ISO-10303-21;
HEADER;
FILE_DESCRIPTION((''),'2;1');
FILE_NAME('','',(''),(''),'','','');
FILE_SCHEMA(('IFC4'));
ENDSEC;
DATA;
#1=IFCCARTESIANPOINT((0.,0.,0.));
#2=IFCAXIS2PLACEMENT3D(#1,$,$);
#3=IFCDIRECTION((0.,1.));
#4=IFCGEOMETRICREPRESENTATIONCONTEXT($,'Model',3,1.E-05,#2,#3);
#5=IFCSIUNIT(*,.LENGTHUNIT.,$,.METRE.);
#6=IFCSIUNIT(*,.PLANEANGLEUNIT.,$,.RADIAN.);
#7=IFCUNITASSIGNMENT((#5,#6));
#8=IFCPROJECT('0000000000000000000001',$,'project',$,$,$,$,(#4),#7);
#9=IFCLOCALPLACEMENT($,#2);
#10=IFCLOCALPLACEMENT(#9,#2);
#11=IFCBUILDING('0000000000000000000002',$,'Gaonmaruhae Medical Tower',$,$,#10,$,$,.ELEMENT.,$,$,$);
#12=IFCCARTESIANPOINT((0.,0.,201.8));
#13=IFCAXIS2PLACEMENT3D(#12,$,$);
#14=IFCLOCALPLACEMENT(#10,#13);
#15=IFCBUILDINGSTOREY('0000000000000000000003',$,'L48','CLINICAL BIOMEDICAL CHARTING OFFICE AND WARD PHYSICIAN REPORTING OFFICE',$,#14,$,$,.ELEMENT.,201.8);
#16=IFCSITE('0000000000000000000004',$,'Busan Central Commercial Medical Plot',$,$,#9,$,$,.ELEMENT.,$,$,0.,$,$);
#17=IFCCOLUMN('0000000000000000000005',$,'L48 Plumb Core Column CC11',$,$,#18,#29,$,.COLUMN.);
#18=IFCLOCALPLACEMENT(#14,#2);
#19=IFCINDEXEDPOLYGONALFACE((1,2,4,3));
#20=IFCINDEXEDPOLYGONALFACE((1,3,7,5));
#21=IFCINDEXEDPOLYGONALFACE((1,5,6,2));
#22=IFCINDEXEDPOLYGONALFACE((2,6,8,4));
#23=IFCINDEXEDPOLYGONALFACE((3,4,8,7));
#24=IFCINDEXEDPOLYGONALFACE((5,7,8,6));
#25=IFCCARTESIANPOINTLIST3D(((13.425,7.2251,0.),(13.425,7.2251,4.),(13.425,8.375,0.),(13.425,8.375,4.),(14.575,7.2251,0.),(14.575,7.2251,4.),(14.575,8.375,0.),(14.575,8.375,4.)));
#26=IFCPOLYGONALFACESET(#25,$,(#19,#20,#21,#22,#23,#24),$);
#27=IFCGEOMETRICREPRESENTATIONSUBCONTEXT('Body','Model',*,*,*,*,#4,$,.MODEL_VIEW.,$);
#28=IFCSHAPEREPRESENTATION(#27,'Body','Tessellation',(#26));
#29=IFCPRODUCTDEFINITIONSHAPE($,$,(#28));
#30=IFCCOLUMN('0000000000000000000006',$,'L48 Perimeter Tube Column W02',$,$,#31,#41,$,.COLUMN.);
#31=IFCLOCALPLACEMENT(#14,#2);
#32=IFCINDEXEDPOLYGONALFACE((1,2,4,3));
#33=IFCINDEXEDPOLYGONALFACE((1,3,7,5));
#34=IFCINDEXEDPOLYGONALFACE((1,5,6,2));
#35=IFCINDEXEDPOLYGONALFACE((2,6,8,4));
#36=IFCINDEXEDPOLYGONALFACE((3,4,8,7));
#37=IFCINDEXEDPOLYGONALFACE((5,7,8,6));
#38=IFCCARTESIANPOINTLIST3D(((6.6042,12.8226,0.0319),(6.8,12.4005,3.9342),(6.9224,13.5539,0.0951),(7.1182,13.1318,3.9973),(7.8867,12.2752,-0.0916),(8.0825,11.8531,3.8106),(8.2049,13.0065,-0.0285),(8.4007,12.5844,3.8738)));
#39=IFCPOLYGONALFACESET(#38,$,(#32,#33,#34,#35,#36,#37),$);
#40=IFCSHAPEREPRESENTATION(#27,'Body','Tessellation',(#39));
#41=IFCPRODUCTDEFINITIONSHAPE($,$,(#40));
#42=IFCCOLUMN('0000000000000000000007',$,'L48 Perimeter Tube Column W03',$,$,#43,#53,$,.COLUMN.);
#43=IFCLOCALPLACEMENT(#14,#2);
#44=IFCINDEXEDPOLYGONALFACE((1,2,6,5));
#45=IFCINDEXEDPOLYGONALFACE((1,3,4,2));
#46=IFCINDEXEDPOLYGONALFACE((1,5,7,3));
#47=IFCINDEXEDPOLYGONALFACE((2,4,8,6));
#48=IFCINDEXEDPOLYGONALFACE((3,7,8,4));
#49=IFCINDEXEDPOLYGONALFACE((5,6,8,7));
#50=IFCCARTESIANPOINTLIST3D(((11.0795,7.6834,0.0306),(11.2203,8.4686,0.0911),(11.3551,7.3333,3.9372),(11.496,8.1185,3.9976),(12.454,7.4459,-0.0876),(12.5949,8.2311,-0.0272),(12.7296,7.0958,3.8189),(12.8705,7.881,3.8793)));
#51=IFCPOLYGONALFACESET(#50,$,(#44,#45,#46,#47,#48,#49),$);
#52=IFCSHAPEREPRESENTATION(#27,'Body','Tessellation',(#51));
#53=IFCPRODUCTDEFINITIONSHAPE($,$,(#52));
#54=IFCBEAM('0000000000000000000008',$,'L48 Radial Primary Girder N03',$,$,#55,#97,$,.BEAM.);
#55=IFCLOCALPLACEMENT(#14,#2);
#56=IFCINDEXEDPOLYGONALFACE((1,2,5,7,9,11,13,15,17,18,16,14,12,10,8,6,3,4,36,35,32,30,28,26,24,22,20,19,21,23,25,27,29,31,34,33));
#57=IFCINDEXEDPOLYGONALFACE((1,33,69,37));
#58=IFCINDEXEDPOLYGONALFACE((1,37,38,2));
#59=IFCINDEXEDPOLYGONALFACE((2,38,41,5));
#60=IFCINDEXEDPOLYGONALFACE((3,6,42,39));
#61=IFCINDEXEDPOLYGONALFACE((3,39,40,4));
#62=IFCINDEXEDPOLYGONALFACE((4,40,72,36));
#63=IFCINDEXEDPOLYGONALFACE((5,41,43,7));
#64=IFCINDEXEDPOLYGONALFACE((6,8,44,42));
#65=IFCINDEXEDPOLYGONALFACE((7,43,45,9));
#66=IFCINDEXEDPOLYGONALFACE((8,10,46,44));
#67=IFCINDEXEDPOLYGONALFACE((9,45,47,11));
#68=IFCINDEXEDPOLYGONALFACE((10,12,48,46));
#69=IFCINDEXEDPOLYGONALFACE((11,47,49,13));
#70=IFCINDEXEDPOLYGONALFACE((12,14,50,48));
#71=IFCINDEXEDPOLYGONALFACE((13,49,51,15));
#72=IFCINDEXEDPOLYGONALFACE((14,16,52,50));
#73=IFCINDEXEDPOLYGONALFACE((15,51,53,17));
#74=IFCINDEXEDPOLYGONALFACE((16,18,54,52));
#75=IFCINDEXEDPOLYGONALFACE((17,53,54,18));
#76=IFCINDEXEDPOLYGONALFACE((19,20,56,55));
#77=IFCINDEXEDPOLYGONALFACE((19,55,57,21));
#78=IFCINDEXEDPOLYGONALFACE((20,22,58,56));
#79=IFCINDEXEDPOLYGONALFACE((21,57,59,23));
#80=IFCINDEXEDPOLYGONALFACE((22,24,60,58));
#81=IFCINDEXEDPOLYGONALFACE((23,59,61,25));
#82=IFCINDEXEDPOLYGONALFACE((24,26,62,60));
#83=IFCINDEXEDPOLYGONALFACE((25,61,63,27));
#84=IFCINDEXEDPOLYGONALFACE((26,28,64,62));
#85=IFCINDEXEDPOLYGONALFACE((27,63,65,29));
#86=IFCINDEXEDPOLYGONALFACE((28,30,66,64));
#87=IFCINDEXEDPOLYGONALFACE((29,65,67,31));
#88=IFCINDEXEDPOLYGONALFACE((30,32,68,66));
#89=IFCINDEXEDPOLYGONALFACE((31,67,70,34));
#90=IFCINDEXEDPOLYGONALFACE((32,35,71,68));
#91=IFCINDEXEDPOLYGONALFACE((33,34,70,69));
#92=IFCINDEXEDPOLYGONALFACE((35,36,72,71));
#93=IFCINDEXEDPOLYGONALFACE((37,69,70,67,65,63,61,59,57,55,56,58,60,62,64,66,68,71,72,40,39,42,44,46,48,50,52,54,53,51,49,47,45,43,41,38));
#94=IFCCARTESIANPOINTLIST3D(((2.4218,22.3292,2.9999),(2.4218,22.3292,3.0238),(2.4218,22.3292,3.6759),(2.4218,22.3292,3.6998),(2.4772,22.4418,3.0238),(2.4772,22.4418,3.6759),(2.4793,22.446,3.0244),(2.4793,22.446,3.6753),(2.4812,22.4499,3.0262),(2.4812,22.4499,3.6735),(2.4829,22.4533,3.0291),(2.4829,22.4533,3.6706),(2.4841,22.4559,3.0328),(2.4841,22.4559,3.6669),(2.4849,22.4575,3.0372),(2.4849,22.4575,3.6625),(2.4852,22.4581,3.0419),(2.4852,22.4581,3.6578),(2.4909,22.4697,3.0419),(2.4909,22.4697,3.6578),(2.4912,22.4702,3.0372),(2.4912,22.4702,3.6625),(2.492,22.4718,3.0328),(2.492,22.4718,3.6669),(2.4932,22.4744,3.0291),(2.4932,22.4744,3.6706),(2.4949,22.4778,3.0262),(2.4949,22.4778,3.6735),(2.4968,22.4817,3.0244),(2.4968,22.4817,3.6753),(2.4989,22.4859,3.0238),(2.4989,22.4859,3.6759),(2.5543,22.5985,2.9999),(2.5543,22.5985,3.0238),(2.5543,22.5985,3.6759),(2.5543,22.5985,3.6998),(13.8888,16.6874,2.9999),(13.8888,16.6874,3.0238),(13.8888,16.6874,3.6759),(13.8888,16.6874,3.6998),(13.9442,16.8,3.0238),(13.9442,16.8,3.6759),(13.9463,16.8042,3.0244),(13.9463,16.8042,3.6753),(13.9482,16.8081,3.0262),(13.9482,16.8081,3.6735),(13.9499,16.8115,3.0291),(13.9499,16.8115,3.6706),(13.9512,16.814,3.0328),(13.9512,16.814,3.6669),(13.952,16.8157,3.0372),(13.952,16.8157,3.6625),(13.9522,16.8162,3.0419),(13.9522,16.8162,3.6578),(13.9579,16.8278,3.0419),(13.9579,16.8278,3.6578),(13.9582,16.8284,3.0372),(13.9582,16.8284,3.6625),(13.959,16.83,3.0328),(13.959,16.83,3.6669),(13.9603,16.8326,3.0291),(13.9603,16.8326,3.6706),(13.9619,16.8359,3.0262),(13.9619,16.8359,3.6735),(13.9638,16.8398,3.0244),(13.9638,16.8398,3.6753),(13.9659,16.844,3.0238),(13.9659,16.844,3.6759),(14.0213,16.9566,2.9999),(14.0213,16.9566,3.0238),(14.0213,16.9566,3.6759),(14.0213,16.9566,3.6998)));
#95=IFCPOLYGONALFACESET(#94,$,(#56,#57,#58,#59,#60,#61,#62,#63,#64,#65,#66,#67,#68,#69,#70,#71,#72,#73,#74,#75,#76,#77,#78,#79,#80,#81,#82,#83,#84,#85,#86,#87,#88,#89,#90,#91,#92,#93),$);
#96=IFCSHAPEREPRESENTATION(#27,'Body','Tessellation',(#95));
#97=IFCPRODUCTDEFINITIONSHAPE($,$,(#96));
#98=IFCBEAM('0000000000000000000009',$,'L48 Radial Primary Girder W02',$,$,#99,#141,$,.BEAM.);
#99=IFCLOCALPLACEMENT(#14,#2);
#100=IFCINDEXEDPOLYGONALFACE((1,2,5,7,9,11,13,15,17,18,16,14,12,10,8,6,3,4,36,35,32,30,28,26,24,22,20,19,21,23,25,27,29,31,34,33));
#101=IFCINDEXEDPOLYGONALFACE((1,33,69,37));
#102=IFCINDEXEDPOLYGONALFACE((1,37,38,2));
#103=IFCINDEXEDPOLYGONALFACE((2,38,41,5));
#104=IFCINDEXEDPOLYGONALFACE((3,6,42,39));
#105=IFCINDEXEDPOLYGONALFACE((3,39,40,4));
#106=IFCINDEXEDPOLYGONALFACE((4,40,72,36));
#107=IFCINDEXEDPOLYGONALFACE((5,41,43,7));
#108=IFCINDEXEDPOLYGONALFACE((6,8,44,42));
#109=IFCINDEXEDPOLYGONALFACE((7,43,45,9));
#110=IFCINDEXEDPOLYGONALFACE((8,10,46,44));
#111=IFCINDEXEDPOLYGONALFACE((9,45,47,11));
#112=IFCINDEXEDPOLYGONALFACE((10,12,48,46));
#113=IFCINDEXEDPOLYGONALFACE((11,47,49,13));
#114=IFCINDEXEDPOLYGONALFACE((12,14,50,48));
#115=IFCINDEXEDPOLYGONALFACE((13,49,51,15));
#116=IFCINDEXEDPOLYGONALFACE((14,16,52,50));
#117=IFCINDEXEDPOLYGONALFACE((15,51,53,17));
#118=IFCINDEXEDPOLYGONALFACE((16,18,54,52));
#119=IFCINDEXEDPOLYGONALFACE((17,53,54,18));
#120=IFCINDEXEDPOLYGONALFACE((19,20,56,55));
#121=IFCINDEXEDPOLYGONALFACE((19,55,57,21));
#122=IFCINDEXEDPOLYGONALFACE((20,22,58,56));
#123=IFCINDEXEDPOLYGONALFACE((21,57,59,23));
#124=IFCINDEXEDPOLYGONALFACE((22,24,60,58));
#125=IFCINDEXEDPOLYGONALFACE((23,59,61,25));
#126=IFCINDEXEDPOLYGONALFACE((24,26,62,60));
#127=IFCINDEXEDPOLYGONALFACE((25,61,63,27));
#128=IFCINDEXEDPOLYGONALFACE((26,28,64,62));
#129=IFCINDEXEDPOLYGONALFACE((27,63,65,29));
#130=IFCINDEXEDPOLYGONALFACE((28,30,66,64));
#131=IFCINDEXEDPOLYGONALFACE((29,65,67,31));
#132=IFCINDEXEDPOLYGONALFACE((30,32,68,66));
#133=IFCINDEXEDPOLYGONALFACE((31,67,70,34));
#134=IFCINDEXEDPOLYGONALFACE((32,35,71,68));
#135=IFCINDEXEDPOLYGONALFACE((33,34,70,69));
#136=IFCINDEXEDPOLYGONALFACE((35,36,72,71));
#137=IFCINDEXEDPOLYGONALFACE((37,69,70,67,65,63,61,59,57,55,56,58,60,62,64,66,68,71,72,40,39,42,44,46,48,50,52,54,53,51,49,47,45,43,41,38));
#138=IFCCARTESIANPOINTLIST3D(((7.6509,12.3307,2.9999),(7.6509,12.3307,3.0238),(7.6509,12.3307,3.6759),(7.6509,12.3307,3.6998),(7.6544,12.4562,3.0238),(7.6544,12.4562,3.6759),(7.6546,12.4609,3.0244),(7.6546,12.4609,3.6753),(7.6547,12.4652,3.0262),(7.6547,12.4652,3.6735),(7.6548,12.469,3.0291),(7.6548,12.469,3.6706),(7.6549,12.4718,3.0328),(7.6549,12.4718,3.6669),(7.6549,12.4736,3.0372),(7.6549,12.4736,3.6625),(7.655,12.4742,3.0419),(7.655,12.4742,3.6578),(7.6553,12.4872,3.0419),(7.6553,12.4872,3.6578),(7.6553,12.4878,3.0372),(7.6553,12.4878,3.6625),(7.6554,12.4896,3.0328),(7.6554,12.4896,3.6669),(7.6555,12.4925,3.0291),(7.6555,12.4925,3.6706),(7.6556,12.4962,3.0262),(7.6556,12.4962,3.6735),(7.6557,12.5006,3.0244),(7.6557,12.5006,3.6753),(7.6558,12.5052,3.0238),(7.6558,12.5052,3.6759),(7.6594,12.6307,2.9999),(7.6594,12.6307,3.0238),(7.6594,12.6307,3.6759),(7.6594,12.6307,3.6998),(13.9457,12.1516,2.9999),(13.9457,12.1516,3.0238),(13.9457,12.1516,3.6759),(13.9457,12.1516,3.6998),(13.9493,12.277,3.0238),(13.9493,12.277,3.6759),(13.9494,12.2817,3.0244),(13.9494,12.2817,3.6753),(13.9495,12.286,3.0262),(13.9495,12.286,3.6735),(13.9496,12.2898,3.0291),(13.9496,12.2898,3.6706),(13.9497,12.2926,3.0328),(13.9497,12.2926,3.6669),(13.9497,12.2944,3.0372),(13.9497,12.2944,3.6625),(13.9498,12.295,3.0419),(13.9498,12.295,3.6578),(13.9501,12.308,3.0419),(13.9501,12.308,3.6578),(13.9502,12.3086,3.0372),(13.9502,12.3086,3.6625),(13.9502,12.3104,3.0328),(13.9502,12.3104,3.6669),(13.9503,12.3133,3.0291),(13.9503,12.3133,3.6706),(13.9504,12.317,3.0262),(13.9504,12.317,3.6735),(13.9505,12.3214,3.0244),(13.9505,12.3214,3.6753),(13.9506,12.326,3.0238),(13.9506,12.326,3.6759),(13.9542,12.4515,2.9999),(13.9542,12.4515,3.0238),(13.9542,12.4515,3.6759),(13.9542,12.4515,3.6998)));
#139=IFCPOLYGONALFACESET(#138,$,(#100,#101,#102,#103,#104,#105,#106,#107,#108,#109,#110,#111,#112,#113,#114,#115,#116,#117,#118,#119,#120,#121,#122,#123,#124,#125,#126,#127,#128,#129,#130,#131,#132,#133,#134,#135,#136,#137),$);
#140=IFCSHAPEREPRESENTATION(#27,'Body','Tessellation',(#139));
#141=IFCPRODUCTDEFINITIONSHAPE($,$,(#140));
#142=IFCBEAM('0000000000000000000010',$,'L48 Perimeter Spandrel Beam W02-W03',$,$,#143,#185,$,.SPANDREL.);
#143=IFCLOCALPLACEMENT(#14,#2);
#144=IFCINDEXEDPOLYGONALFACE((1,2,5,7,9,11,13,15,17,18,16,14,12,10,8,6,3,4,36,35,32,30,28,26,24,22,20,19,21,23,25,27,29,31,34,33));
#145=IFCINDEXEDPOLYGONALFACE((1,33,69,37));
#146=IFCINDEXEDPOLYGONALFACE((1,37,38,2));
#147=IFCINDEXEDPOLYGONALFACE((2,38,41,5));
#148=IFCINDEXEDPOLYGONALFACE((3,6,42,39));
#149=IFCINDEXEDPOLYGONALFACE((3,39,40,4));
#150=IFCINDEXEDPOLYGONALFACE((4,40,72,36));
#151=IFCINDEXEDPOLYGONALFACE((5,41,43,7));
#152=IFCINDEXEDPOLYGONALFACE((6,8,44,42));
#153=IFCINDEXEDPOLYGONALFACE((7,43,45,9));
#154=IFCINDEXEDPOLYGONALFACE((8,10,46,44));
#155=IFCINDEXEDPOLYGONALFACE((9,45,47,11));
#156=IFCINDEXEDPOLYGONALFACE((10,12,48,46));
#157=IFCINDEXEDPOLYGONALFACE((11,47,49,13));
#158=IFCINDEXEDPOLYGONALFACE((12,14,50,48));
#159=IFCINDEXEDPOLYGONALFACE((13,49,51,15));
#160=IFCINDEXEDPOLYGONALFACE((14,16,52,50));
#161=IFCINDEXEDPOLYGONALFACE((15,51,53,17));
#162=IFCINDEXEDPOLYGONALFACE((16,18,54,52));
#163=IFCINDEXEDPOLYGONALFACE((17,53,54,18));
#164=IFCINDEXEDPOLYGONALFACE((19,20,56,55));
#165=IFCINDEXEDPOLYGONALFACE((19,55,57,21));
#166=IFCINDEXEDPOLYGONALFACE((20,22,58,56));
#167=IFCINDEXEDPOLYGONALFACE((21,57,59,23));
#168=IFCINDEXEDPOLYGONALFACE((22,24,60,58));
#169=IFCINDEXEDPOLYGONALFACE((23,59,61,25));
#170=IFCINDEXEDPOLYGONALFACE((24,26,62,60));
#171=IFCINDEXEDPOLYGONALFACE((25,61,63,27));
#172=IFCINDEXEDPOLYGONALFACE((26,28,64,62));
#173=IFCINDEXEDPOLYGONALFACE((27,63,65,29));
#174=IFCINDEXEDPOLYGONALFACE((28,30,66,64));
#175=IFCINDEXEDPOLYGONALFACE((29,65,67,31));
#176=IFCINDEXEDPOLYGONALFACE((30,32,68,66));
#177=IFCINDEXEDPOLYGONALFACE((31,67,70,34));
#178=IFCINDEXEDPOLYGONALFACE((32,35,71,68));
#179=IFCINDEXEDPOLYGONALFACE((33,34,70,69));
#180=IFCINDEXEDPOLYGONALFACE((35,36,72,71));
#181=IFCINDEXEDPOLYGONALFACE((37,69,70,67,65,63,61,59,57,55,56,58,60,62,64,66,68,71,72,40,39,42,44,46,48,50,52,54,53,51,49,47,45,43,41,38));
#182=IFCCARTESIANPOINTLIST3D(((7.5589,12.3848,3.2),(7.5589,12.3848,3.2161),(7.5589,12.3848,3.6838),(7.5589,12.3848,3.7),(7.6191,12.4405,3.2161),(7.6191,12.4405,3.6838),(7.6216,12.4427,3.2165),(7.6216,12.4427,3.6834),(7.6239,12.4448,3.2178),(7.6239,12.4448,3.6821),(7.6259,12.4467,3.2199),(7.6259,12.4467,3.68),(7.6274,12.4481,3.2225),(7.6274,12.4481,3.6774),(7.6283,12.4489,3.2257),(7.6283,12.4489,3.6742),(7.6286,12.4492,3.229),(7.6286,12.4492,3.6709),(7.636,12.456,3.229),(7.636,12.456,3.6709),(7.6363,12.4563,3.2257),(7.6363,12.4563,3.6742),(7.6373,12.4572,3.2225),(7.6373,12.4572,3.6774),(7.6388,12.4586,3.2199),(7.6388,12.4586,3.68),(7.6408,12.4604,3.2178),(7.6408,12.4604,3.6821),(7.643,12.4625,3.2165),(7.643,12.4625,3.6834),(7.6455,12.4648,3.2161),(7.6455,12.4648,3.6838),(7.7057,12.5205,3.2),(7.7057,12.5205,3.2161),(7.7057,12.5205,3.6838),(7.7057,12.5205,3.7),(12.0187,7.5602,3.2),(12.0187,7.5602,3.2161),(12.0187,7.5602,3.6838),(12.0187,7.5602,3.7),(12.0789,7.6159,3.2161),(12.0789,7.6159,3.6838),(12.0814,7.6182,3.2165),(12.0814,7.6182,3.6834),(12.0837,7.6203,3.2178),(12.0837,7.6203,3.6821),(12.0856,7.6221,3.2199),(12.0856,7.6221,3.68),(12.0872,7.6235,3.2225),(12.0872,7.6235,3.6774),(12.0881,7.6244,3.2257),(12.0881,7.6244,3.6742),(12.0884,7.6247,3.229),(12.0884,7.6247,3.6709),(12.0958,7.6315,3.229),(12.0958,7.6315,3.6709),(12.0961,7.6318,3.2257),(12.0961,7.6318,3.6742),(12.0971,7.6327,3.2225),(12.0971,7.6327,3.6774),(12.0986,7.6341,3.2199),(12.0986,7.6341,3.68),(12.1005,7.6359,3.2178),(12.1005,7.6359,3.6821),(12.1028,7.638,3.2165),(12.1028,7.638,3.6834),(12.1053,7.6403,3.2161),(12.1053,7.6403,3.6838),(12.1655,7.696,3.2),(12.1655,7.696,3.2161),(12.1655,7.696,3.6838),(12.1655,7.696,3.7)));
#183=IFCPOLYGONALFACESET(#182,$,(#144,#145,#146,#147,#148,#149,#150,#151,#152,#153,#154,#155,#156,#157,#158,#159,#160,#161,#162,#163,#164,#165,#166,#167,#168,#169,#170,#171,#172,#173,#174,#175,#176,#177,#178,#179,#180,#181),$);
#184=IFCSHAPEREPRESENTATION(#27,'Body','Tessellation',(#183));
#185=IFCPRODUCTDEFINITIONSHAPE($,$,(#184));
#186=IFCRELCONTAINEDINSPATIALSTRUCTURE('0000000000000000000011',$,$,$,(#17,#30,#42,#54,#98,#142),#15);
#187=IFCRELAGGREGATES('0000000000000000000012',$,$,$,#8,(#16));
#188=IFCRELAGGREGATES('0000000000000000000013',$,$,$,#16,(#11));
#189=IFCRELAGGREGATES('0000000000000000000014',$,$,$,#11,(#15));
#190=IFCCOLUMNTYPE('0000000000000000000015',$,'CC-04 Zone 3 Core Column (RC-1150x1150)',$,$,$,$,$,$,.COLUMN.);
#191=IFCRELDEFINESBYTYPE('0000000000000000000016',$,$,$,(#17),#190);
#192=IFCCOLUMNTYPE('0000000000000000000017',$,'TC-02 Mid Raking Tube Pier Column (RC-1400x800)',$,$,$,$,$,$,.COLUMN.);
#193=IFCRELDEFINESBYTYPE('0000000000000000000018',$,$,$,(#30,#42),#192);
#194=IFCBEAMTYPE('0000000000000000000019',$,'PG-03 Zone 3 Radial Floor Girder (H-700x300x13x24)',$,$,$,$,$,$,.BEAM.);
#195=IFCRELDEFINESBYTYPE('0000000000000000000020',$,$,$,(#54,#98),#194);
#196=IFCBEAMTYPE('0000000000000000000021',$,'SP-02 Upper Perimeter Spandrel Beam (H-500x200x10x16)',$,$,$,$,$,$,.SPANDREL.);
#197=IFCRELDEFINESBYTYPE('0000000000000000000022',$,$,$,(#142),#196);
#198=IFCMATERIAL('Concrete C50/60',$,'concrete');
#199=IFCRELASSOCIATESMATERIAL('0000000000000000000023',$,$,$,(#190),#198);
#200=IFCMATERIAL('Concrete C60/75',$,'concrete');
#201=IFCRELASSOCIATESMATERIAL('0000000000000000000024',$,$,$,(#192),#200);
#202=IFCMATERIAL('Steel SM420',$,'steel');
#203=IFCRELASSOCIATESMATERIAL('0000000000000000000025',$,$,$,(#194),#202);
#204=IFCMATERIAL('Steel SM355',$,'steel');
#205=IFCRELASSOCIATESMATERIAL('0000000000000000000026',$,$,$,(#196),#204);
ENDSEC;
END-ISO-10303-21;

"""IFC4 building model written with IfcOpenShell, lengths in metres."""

from ifc_helpers import new_model, si_unit, direction, frame, origin, origin_2d, place, context, subcontext, project, spatial, rectangle, i_section, extrude, material, material_profile, profile_set, type_object, element, save


model = new_model("IFC4")

# Units and contexts
model_context = context("Model", 3, precision=1e-05, world=origin(), true_north=direction((0.0, 1.0)))
body_context = subcontext(model_context, "Body", "Model", "MODEL_VIEW")
ifc_project = project(units=[si_unit("LENGTHUNIT", "METRE"), si_unit("PLANEANGLEUNIT", "RADIAN")], contexts=[model_context])

# Site, building, storey
site_placement = place(None, origin())
site = spatial("IfcSite", under=ifc_project, at=site_placement, Name="Busan Central Commercial Medical Plot", CompositionType="ELEMENT", RefElevation=0.0)
building_placement = place(site_placement, origin())
building = spatial("IfcBuilding", under=site, at=building_placement, Name="Gaonmaruhae Medical Tower", CompositionType="ELEMENT")
storey_placement = place(building_placement, frame((0.0, 0.0, 201.8)))
storey = spatial("IfcBuildingStorey", under=building, at=storey_placement, Name="L48", Description="CLINICAL BIOMEDICAL CHARTING OFFICE AND WARD PHYSICIAN REPORTING OFFICE", CompositionType="ELEMENT", Elevation=201.8)

# Columns
ifc_material_1 = material(Name="Concrete C50/60", Category="concrete")
ifc_material_profile_1 = material_profile(ifc_material_1, rectangle(XDim=1.1499, YDim=1.1499, at=origin_2d()), Name="RC-1150x1150")
ifc_profile_set_1 = profile_set([ifc_material_profile_1], Name="Concrete C50/60")
column_type_1 = type_object("IfcColumnType", Name="CC-04 Zone 3 Core Column (RC-1150x1150)", PredefinedType="COLUMN", material=ifc_profile_set_1)
column_1_placement = place(storey_placement, frame((14.0, 7.8, 0.0), z_axis=(0.0, 0.0, 1.0), x_axis=(1.0, 0.0, 0.0)))
element("IfcColumn", 1, at=column_1_placement, inside=storey, type_object=column_type_1, Name="L48 Plumb Core Column CC11", PredefinedType="COLUMN", context=body_context, shape_type="SweptSolid", body=[
    extrude(rectangle(XDim=1.1499, YDim=1.1499, at=origin_2d()), origin(), (0.0, 0.0, 1.0), 4.0),
])
ifc_material_2 = material(Name="Concrete C60/75", Category="concrete")
ifc_material_profile_2 = material_profile(ifc_material_2, rectangle(XDim=1.3999, YDim=0.8, at=origin_2d()), Name="RC-1400x800")
ifc_profile_set_2 = profile_set([ifc_material_profile_2], Name="Concrete C60/75")
column_type_2 = type_object("IfcColumnType", Name="TC-02 Mid Raking Tube Pier Column (RC-1400x800)", PredefinedType="COLUMN", material=ifc_profile_set_2)
column_2_placement = place(storey_placement, frame((7.4045, 12.9146, 0.0017), z_axis=(0.049822, -0.10741, 0.992966), x_axis=(-0.916132, 0.39104, 0.088266)))
element("IfcColumn", 2, at=column_2_placement, inside=storey, type_object=column_type_2, Name="L48 Perimeter Tube Column W02", PredefinedType="COLUMN", context=body_context, shape_type="SweptSolid", body=[
    extrude(rectangle(XDim=1.3999, YDim=0.8, at=origin_2d()), origin(), (0.0, 0.0, 1.0), 3.9299),
])
column_3_placement = place(storey_placement, frame((11.8372, 7.9573, 0.0017), z_axis=(0.070104, -0.089042, 0.993558), x_axis=(-0.981878, 0.16964, 0.084483)))
element("IfcColumn", 3, at=column_3_placement, inside=storey, type_object=column_type_2, Name="L48 Perimeter Tube Column W03", PredefinedType="COLUMN", context=body_context, shape_type="SweptSolid", body=[
    extrude(rectangle(XDim=1.3999, YDim=0.8, at=origin_2d()), origin(), (0.0, 0.0, 1.0), 3.9319),
])

# Beams
ifc_material_3 = material(Name="Steel SM420", Category="steel")
ifc_material_profile_3 = material_profile(ifc_material_3, i_section(OverallWidth=0.3, OverallDepth=0.7, WebThickness=0.0129, FlangeThickness=0.0239, FilletRadius=0.0181, at=origin_2d()), Name="H-700x300x13x24")
ifc_profile_set_3 = profile_set([ifc_material_profile_3], Name="Steel SM420")
beam_type_1 = type_object("IfcBeamType", Name="PG-03 Zone 3 Radial Floor Girder (H-700x300x13x24)", PredefinedType="BEAM", material=ifc_profile_set_3)
beam_1_placement = place(storey_placement, frame((13.9551, 16.822, 3.3499), z_axis=(-0.897278, 0.441466, 0.0), x_axis=(-0.441466, -0.897278, 0.0)))
element("IfcBeam", 4, at=beam_1_placement, inside=storey, type_object=beam_type_1, Name="L48 Radial Primary Girder N03", PredefinedType="BEAM", context=body_context, shape_type="SweptSolid", body=[
    extrude(i_section(OverallWidth=0.3, OverallDepth=0.7, WebThickness=0.0129, FlangeThickness=0.0239, FilletRadius=0.0181, at=origin_2d()), origin(), (0.0, 0.0, 1.0), 12.7798),
])
beam_2_placement = place(storey_placement, frame((13.95, 12.3015, 3.3499), z_axis=(-0.999595, 0.028456, 0.0), x_axis=(-0.028456, -0.999595, 0.0)))
element("IfcBeam", 5, at=beam_2_placement, inside=storey, type_object=beam_type_1, Name="L48 Radial Primary Girder W02", PredefinedType="BEAM", context=body_context, shape_type="SweptSolid", body=[
    extrude(i_section(OverallWidth=0.3, OverallDepth=0.7, WebThickness=0.0129, FlangeThickness=0.0239, FilletRadius=0.0181, at=origin_2d()), origin(), (0.0, 0.0, 1.0), 6.2974),
])
ifc_material_4 = material(Name="Steel SM355", Category="steel")
ifc_material_profile_4 = material_profile(ifc_material_4, i_section(OverallWidth=0.2, OverallDepth=0.5, WebThickness=0.01, FlangeThickness=0.0161, FilletRadius=0.0129, at=origin_2d()), Name="H-500x200x10x16")
ifc_profile_set_4 = profile_set([ifc_material_profile_4], Name="Steel SM355")
beam_type_2 = type_object("IfcBeamType", Name="SP-02 Upper Perimeter Spandrel Beam (H-500x200x10x16)", PredefinedType="SPANDREL", material=ifc_profile_set_4)
beam_3_placement = place(storey_placement, frame((7.6323, 12.4526, 3.45), z_axis=(0.678803, -0.73432, 0.0), x_axis=(0.73432, 0.678803, 0.0)))
element("IfcBeam", 6, at=beam_3_placement, inside=storey, type_object=beam_type_2, Name="L48 Perimeter Spandrel Beam W02-W03", PredefinedType="SPANDREL", context=body_context, shape_type="SweptSolid", body=[
    extrude(i_section(OverallWidth=0.2, OverallDepth=0.5, WebThickness=0.01, FlangeThickness=0.0161, FilletRadius=0.0129, at=origin_2d()), origin(), (0.0, 0.0, 1.0), 6.5701),
])

save(model, "model.ifc")
